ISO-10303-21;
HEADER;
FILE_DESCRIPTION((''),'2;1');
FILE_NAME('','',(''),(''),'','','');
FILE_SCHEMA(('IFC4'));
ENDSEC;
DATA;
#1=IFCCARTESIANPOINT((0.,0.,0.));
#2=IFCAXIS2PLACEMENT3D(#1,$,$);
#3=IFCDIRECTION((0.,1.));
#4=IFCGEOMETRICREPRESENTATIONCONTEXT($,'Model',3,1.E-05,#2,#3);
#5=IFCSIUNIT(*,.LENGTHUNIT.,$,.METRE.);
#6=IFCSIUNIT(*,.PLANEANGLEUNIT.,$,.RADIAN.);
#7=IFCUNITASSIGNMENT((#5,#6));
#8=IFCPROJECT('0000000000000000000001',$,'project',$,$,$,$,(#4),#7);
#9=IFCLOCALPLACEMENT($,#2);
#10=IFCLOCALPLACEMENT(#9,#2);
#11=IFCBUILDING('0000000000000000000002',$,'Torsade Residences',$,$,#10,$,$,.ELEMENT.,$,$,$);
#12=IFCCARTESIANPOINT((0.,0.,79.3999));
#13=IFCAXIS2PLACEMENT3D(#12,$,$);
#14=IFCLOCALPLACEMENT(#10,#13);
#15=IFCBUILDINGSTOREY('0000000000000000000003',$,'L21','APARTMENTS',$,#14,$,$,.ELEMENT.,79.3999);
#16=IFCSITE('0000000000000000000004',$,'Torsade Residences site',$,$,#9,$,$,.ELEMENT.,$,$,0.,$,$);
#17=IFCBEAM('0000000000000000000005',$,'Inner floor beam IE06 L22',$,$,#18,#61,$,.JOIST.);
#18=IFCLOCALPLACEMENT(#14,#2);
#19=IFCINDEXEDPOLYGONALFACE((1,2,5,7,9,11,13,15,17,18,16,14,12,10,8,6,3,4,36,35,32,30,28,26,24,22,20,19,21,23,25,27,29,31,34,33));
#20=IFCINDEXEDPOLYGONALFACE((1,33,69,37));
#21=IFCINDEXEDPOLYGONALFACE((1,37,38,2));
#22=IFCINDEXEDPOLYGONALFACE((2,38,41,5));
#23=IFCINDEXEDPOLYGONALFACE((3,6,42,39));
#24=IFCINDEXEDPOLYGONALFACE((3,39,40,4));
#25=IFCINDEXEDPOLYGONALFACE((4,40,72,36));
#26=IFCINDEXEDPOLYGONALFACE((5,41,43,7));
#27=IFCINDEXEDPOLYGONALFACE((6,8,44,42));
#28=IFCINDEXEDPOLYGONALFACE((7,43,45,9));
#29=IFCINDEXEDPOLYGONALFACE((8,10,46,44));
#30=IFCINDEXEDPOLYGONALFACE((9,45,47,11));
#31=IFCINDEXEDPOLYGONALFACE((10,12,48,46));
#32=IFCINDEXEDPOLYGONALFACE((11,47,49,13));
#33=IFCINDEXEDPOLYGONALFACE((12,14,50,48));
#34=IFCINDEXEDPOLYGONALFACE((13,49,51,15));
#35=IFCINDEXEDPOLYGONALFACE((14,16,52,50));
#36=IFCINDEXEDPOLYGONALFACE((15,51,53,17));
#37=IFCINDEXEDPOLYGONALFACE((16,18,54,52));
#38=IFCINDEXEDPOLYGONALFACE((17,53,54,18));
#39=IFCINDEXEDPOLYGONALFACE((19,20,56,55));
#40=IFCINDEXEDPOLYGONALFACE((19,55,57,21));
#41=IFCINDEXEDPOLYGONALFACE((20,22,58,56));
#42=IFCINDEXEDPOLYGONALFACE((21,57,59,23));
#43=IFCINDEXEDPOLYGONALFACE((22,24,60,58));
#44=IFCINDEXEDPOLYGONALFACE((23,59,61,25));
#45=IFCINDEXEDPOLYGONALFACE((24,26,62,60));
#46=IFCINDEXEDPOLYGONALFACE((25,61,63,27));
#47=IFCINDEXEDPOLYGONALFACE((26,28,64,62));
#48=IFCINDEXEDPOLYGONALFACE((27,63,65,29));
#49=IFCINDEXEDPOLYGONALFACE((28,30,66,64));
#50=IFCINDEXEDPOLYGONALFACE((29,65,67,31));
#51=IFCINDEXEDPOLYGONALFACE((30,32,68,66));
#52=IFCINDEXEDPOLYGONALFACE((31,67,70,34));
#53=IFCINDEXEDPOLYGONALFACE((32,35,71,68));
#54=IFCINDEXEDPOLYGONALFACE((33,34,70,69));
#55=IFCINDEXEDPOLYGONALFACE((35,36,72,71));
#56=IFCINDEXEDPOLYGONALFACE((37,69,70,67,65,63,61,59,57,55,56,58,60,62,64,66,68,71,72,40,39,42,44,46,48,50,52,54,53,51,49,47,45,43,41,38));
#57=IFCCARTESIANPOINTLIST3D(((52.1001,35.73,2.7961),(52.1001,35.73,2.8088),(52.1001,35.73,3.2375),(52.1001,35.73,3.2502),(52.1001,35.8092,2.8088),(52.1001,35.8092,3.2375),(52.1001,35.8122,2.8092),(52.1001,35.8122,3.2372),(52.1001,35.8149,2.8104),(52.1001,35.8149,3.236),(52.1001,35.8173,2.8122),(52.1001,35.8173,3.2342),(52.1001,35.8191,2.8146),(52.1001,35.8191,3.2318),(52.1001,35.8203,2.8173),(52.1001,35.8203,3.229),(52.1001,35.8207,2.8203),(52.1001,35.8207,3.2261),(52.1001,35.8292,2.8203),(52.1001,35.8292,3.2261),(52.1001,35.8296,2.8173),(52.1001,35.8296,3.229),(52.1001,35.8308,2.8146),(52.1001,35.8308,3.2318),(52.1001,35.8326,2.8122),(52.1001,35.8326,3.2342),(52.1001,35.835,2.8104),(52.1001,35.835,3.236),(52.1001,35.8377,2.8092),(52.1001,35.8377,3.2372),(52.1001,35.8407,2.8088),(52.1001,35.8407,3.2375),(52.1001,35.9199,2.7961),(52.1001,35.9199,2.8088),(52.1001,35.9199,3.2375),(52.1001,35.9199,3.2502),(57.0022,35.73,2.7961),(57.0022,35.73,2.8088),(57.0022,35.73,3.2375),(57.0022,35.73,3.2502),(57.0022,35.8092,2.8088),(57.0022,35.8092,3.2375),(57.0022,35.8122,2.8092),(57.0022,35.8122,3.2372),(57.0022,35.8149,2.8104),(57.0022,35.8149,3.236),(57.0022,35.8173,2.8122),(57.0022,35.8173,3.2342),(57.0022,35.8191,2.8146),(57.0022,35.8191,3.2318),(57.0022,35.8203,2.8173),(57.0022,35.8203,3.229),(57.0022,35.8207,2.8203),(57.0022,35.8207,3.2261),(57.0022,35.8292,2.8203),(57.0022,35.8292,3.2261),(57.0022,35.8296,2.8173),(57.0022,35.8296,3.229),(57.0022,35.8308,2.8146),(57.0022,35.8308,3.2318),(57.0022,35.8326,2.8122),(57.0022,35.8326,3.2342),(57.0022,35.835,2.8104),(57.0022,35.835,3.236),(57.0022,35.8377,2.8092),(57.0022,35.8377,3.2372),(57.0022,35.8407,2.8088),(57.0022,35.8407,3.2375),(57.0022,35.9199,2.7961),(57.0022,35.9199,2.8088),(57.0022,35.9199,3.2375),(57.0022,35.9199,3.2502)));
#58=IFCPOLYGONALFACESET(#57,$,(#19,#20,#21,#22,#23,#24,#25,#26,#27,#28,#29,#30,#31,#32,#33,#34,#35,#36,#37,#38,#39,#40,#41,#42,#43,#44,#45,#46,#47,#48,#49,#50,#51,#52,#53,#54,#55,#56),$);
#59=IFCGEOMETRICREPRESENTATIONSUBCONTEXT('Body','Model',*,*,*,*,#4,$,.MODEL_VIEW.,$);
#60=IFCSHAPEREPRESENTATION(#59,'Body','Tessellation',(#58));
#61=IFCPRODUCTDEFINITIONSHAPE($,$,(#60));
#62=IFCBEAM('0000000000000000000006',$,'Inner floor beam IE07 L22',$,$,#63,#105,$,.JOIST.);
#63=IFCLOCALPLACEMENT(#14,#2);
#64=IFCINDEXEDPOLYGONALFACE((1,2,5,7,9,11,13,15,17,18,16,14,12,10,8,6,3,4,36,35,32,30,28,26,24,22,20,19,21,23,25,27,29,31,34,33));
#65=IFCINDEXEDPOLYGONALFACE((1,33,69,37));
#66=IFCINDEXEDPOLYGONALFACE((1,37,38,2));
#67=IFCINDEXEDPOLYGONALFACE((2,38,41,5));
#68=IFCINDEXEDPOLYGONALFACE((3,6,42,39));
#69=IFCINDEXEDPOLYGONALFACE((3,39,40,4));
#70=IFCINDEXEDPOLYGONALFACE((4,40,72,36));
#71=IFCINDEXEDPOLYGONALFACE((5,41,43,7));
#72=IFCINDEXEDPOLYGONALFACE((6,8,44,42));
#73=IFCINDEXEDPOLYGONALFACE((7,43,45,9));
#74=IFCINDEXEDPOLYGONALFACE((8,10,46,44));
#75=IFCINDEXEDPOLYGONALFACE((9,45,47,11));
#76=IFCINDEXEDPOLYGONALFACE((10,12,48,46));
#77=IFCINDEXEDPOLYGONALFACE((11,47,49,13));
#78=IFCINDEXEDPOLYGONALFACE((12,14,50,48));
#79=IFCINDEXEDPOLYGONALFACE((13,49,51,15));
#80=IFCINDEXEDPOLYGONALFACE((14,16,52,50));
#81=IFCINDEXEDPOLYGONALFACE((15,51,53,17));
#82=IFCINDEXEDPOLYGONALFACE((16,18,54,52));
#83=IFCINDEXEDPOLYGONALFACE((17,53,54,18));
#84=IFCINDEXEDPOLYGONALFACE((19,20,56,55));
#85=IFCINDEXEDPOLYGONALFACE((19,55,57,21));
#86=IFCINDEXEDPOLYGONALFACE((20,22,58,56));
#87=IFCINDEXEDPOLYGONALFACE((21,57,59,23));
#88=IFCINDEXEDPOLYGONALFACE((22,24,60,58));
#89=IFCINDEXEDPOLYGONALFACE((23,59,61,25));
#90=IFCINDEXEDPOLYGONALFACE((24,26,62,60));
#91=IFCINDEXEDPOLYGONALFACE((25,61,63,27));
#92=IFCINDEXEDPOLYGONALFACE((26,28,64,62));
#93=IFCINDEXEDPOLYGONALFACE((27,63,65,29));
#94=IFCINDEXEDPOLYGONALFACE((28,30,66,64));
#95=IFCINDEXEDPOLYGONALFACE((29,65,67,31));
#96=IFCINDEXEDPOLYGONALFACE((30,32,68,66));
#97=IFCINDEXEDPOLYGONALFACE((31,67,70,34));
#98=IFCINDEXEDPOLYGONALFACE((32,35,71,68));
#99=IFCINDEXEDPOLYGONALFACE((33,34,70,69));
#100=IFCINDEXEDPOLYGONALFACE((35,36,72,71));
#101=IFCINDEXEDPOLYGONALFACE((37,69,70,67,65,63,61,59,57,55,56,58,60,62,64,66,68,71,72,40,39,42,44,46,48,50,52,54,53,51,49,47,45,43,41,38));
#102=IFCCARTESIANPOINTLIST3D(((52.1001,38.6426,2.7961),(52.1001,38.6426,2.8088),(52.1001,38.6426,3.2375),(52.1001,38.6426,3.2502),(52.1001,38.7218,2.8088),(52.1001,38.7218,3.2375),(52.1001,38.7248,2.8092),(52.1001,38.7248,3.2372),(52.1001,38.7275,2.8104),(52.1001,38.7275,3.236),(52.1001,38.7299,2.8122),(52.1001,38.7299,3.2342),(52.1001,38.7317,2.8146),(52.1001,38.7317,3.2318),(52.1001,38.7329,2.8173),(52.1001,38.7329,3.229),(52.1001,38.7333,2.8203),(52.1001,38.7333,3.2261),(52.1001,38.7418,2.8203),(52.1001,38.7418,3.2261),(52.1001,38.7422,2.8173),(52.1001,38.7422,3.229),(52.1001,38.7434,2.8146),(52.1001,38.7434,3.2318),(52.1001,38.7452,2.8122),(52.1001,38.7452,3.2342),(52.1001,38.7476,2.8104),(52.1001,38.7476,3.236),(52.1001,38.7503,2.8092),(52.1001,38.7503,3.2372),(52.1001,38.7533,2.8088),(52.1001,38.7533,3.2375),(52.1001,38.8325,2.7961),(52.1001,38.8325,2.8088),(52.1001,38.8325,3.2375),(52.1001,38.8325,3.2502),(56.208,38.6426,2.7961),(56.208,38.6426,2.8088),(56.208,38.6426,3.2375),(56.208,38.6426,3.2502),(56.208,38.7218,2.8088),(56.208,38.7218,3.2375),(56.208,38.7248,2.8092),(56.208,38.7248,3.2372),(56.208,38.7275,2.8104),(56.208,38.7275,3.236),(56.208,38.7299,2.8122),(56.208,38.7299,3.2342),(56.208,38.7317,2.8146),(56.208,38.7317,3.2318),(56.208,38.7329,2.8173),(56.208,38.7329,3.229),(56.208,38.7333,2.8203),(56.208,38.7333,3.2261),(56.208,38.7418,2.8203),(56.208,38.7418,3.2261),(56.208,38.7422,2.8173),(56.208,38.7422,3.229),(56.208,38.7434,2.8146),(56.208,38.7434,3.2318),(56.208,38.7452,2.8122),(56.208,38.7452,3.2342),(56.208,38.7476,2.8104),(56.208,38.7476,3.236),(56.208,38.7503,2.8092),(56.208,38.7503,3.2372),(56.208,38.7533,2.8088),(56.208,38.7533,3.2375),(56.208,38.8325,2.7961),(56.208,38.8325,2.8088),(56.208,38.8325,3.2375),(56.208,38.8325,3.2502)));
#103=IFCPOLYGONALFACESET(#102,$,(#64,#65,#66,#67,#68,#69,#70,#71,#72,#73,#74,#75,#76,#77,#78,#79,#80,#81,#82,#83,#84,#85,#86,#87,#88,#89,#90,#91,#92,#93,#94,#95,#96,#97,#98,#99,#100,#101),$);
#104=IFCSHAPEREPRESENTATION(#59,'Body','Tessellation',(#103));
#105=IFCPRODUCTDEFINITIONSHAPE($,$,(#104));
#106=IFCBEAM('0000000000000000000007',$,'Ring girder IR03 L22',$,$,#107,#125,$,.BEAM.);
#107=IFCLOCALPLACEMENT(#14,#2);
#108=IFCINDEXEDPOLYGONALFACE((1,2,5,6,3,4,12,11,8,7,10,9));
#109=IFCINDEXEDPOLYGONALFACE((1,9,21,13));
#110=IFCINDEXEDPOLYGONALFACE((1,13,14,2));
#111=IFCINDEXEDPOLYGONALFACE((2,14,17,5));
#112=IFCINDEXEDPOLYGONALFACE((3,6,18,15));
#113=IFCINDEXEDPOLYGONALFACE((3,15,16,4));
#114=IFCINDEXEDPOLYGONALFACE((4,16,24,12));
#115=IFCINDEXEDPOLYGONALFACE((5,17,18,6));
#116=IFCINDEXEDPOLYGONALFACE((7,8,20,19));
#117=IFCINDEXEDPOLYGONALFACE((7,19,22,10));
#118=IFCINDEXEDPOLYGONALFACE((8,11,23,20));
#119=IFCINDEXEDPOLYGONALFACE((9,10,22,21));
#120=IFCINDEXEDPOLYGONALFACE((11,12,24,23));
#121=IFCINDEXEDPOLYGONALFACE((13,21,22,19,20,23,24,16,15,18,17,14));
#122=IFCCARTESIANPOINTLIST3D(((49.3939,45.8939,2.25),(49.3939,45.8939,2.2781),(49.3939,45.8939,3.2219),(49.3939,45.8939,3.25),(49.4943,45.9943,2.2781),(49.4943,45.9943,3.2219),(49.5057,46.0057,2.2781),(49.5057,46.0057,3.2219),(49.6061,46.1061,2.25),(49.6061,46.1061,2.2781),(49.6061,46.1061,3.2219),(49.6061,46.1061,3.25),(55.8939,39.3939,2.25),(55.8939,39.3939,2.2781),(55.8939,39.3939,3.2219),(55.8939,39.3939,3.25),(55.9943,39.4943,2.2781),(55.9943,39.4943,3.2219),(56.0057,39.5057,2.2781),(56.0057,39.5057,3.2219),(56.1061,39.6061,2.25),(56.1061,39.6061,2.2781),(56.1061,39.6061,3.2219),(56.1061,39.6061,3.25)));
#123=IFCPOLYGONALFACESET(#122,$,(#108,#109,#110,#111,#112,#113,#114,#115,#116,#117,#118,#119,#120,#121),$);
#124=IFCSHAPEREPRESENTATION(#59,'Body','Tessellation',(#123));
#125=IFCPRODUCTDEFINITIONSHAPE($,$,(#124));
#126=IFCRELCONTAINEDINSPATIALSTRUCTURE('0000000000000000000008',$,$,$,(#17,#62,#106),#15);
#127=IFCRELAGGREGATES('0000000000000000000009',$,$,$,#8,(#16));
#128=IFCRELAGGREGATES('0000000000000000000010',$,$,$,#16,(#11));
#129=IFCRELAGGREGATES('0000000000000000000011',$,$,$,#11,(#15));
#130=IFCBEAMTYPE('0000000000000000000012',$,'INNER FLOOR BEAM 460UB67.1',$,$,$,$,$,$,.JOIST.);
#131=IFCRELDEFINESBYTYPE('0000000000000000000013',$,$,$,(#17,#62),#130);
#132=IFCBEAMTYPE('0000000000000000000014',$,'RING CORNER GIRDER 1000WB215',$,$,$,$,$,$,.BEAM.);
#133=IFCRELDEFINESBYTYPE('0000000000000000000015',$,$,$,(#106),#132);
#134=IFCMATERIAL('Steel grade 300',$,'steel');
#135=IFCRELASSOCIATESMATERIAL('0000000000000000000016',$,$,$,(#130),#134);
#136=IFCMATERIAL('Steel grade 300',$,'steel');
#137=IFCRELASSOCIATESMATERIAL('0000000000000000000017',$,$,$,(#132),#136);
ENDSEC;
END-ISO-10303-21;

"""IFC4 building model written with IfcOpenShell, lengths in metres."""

from ifc_helpers import new_model, si_unit, direction, frame, origin, origin_2d, place, context, subcontext, project, spatial, i_section, extrude, material, material_profile, profile_set, type_object, element, save


model = new_model("IFC4")

# Units and contexts
model_context = context("Model", 3, precision=1e-05, world=origin(), true_north=direction((0.0, 1.0)))
body_context = subcontext(model_context, "Body", "Model", "MODEL_VIEW")
ifc_project = project(units=[si_unit("LENGTHUNIT", "METRE"), si_unit("PLANEANGLEUNIT", "RADIAN")], contexts=[model_context])

# Site, building, storey
site_placement = place(None, origin())
site = spatial("IfcSite", under=ifc_project, at=site_placement, Name="Torsade Residences site", CompositionType="ELEMENT", RefElevation=0.0)
building_placement = place(site_placement, origin())
building = spatial("IfcBuilding", under=site, at=building_placement, Name="Torsade Residences", CompositionType="ELEMENT")
storey_placement = place(building_placement, frame((0.0, 0.0, 79.3999)))
storey = spatial("IfcBuildingStorey", under=building, at=storey_placement, Name="L21", Description="APARTMENTS", CompositionType="ELEMENT", Elevation=79.3999)

# Beams
ifc_material_1 = material(Name="Steel grade 300", Category="steel")
ifc_material_profile_1 = material_profile(ifc_material_1, i_section(OverallWidth=0.1899, OverallDepth=0.4541, WebThickness=0.0085, FlangeThickness=0.0127, FilletRadius=0.0115, at=origin_2d()), Name="460UB67.1")
ifc_profile_set_1 = profile_set([ifc_material_profile_1], Name="Steel grade 300")
beam_type_1 = type_object("IfcBeamType", Name="INNER FLOOR BEAM 460UB67.1", PredefinedType="JOIST", material=ifc_profile_set_1)
beam_1_placement = place(storey_placement, frame((52.1001, 35.825, 3.0232), z_axis=(1.0, 0.0, 0.0), x_axis=(0.0, 1.0, 0.0)))
element("IfcBeam", 1, at=beam_1_placement, inside=storey, type_object=beam_type_1, Name="Inner floor beam IE06 L22", PredefinedType="JOIST", context=body_context, shape_type="SweptSolid", body=[
    extrude(i_section(OverallWidth=0.1899, OverallDepth=0.4541, WebThickness=0.0085, FlangeThickness=0.0127, FilletRadius=0.0115, at=origin_2d()), origin(), (0.0, 0.0, 1.0), 4.9021),
])
beam_2_placement = place(storey_placement, frame((52.1001, 38.7375, 3.0232), z_axis=(1.0, 0.0, 0.0), x_axis=(0.0, 1.0, 0.0)))
element("IfcBeam", 2, at=beam_2_placement, inside=storey, type_object=beam_type_1, Name="Inner floor beam IE07 L22", PredefinedType="JOIST", context=body_context, shape_type="SweptSolid", body=[
    extrude(i_section(OverallWidth=0.1899, OverallDepth=0.4541, WebThickness=0.0085, FlangeThickness=0.0127, FilletRadius=0.0115, at=origin_2d()), origin(), (0.0, 0.0, 1.0), 4.1079),
])
ifc_material_2 = material(Name="Steel grade 300", Category="steel")
ifc_material_profile_2 = material_profile(ifc_material_2, i_section(OverallWidth=0.3, OverallDepth=1.0, WebThickness=0.0161, FlangeThickness=0.0281, at=origin_2d()), Name="1000WB215")
ifc_profile_set_2 = profile_set([ifc_material_profile_2], Name="Steel grade 300")
beam_type_2 = type_object("IfcBeamType", Name="RING CORNER GIRDER 1000WB215", PredefinedType="BEAM", material=ifc_profile_set_2)
beam_3_placement = place(storey_placement, frame((56.0, 39.5, 2.75), z_axis=(-0.707107, 0.707107, 0.0), x_axis=(-0.707107, -0.707107, 0.0)))
element("IfcBeam", 3, at=beam_3_placement, inside=storey, type_object=beam_type_2, Name="Ring girder IR03 L22", PredefinedType="BEAM", context=body_context, shape_type="SweptSolid", body=[
    extrude(i_section(OverallWidth=0.3, OverallDepth=1.0, WebThickness=0.0161, FlangeThickness=0.0281, at=origin_2d()), origin(), (0.0, 0.0, 1.0), 9.1924),
])

save(model, "model.ifc")
